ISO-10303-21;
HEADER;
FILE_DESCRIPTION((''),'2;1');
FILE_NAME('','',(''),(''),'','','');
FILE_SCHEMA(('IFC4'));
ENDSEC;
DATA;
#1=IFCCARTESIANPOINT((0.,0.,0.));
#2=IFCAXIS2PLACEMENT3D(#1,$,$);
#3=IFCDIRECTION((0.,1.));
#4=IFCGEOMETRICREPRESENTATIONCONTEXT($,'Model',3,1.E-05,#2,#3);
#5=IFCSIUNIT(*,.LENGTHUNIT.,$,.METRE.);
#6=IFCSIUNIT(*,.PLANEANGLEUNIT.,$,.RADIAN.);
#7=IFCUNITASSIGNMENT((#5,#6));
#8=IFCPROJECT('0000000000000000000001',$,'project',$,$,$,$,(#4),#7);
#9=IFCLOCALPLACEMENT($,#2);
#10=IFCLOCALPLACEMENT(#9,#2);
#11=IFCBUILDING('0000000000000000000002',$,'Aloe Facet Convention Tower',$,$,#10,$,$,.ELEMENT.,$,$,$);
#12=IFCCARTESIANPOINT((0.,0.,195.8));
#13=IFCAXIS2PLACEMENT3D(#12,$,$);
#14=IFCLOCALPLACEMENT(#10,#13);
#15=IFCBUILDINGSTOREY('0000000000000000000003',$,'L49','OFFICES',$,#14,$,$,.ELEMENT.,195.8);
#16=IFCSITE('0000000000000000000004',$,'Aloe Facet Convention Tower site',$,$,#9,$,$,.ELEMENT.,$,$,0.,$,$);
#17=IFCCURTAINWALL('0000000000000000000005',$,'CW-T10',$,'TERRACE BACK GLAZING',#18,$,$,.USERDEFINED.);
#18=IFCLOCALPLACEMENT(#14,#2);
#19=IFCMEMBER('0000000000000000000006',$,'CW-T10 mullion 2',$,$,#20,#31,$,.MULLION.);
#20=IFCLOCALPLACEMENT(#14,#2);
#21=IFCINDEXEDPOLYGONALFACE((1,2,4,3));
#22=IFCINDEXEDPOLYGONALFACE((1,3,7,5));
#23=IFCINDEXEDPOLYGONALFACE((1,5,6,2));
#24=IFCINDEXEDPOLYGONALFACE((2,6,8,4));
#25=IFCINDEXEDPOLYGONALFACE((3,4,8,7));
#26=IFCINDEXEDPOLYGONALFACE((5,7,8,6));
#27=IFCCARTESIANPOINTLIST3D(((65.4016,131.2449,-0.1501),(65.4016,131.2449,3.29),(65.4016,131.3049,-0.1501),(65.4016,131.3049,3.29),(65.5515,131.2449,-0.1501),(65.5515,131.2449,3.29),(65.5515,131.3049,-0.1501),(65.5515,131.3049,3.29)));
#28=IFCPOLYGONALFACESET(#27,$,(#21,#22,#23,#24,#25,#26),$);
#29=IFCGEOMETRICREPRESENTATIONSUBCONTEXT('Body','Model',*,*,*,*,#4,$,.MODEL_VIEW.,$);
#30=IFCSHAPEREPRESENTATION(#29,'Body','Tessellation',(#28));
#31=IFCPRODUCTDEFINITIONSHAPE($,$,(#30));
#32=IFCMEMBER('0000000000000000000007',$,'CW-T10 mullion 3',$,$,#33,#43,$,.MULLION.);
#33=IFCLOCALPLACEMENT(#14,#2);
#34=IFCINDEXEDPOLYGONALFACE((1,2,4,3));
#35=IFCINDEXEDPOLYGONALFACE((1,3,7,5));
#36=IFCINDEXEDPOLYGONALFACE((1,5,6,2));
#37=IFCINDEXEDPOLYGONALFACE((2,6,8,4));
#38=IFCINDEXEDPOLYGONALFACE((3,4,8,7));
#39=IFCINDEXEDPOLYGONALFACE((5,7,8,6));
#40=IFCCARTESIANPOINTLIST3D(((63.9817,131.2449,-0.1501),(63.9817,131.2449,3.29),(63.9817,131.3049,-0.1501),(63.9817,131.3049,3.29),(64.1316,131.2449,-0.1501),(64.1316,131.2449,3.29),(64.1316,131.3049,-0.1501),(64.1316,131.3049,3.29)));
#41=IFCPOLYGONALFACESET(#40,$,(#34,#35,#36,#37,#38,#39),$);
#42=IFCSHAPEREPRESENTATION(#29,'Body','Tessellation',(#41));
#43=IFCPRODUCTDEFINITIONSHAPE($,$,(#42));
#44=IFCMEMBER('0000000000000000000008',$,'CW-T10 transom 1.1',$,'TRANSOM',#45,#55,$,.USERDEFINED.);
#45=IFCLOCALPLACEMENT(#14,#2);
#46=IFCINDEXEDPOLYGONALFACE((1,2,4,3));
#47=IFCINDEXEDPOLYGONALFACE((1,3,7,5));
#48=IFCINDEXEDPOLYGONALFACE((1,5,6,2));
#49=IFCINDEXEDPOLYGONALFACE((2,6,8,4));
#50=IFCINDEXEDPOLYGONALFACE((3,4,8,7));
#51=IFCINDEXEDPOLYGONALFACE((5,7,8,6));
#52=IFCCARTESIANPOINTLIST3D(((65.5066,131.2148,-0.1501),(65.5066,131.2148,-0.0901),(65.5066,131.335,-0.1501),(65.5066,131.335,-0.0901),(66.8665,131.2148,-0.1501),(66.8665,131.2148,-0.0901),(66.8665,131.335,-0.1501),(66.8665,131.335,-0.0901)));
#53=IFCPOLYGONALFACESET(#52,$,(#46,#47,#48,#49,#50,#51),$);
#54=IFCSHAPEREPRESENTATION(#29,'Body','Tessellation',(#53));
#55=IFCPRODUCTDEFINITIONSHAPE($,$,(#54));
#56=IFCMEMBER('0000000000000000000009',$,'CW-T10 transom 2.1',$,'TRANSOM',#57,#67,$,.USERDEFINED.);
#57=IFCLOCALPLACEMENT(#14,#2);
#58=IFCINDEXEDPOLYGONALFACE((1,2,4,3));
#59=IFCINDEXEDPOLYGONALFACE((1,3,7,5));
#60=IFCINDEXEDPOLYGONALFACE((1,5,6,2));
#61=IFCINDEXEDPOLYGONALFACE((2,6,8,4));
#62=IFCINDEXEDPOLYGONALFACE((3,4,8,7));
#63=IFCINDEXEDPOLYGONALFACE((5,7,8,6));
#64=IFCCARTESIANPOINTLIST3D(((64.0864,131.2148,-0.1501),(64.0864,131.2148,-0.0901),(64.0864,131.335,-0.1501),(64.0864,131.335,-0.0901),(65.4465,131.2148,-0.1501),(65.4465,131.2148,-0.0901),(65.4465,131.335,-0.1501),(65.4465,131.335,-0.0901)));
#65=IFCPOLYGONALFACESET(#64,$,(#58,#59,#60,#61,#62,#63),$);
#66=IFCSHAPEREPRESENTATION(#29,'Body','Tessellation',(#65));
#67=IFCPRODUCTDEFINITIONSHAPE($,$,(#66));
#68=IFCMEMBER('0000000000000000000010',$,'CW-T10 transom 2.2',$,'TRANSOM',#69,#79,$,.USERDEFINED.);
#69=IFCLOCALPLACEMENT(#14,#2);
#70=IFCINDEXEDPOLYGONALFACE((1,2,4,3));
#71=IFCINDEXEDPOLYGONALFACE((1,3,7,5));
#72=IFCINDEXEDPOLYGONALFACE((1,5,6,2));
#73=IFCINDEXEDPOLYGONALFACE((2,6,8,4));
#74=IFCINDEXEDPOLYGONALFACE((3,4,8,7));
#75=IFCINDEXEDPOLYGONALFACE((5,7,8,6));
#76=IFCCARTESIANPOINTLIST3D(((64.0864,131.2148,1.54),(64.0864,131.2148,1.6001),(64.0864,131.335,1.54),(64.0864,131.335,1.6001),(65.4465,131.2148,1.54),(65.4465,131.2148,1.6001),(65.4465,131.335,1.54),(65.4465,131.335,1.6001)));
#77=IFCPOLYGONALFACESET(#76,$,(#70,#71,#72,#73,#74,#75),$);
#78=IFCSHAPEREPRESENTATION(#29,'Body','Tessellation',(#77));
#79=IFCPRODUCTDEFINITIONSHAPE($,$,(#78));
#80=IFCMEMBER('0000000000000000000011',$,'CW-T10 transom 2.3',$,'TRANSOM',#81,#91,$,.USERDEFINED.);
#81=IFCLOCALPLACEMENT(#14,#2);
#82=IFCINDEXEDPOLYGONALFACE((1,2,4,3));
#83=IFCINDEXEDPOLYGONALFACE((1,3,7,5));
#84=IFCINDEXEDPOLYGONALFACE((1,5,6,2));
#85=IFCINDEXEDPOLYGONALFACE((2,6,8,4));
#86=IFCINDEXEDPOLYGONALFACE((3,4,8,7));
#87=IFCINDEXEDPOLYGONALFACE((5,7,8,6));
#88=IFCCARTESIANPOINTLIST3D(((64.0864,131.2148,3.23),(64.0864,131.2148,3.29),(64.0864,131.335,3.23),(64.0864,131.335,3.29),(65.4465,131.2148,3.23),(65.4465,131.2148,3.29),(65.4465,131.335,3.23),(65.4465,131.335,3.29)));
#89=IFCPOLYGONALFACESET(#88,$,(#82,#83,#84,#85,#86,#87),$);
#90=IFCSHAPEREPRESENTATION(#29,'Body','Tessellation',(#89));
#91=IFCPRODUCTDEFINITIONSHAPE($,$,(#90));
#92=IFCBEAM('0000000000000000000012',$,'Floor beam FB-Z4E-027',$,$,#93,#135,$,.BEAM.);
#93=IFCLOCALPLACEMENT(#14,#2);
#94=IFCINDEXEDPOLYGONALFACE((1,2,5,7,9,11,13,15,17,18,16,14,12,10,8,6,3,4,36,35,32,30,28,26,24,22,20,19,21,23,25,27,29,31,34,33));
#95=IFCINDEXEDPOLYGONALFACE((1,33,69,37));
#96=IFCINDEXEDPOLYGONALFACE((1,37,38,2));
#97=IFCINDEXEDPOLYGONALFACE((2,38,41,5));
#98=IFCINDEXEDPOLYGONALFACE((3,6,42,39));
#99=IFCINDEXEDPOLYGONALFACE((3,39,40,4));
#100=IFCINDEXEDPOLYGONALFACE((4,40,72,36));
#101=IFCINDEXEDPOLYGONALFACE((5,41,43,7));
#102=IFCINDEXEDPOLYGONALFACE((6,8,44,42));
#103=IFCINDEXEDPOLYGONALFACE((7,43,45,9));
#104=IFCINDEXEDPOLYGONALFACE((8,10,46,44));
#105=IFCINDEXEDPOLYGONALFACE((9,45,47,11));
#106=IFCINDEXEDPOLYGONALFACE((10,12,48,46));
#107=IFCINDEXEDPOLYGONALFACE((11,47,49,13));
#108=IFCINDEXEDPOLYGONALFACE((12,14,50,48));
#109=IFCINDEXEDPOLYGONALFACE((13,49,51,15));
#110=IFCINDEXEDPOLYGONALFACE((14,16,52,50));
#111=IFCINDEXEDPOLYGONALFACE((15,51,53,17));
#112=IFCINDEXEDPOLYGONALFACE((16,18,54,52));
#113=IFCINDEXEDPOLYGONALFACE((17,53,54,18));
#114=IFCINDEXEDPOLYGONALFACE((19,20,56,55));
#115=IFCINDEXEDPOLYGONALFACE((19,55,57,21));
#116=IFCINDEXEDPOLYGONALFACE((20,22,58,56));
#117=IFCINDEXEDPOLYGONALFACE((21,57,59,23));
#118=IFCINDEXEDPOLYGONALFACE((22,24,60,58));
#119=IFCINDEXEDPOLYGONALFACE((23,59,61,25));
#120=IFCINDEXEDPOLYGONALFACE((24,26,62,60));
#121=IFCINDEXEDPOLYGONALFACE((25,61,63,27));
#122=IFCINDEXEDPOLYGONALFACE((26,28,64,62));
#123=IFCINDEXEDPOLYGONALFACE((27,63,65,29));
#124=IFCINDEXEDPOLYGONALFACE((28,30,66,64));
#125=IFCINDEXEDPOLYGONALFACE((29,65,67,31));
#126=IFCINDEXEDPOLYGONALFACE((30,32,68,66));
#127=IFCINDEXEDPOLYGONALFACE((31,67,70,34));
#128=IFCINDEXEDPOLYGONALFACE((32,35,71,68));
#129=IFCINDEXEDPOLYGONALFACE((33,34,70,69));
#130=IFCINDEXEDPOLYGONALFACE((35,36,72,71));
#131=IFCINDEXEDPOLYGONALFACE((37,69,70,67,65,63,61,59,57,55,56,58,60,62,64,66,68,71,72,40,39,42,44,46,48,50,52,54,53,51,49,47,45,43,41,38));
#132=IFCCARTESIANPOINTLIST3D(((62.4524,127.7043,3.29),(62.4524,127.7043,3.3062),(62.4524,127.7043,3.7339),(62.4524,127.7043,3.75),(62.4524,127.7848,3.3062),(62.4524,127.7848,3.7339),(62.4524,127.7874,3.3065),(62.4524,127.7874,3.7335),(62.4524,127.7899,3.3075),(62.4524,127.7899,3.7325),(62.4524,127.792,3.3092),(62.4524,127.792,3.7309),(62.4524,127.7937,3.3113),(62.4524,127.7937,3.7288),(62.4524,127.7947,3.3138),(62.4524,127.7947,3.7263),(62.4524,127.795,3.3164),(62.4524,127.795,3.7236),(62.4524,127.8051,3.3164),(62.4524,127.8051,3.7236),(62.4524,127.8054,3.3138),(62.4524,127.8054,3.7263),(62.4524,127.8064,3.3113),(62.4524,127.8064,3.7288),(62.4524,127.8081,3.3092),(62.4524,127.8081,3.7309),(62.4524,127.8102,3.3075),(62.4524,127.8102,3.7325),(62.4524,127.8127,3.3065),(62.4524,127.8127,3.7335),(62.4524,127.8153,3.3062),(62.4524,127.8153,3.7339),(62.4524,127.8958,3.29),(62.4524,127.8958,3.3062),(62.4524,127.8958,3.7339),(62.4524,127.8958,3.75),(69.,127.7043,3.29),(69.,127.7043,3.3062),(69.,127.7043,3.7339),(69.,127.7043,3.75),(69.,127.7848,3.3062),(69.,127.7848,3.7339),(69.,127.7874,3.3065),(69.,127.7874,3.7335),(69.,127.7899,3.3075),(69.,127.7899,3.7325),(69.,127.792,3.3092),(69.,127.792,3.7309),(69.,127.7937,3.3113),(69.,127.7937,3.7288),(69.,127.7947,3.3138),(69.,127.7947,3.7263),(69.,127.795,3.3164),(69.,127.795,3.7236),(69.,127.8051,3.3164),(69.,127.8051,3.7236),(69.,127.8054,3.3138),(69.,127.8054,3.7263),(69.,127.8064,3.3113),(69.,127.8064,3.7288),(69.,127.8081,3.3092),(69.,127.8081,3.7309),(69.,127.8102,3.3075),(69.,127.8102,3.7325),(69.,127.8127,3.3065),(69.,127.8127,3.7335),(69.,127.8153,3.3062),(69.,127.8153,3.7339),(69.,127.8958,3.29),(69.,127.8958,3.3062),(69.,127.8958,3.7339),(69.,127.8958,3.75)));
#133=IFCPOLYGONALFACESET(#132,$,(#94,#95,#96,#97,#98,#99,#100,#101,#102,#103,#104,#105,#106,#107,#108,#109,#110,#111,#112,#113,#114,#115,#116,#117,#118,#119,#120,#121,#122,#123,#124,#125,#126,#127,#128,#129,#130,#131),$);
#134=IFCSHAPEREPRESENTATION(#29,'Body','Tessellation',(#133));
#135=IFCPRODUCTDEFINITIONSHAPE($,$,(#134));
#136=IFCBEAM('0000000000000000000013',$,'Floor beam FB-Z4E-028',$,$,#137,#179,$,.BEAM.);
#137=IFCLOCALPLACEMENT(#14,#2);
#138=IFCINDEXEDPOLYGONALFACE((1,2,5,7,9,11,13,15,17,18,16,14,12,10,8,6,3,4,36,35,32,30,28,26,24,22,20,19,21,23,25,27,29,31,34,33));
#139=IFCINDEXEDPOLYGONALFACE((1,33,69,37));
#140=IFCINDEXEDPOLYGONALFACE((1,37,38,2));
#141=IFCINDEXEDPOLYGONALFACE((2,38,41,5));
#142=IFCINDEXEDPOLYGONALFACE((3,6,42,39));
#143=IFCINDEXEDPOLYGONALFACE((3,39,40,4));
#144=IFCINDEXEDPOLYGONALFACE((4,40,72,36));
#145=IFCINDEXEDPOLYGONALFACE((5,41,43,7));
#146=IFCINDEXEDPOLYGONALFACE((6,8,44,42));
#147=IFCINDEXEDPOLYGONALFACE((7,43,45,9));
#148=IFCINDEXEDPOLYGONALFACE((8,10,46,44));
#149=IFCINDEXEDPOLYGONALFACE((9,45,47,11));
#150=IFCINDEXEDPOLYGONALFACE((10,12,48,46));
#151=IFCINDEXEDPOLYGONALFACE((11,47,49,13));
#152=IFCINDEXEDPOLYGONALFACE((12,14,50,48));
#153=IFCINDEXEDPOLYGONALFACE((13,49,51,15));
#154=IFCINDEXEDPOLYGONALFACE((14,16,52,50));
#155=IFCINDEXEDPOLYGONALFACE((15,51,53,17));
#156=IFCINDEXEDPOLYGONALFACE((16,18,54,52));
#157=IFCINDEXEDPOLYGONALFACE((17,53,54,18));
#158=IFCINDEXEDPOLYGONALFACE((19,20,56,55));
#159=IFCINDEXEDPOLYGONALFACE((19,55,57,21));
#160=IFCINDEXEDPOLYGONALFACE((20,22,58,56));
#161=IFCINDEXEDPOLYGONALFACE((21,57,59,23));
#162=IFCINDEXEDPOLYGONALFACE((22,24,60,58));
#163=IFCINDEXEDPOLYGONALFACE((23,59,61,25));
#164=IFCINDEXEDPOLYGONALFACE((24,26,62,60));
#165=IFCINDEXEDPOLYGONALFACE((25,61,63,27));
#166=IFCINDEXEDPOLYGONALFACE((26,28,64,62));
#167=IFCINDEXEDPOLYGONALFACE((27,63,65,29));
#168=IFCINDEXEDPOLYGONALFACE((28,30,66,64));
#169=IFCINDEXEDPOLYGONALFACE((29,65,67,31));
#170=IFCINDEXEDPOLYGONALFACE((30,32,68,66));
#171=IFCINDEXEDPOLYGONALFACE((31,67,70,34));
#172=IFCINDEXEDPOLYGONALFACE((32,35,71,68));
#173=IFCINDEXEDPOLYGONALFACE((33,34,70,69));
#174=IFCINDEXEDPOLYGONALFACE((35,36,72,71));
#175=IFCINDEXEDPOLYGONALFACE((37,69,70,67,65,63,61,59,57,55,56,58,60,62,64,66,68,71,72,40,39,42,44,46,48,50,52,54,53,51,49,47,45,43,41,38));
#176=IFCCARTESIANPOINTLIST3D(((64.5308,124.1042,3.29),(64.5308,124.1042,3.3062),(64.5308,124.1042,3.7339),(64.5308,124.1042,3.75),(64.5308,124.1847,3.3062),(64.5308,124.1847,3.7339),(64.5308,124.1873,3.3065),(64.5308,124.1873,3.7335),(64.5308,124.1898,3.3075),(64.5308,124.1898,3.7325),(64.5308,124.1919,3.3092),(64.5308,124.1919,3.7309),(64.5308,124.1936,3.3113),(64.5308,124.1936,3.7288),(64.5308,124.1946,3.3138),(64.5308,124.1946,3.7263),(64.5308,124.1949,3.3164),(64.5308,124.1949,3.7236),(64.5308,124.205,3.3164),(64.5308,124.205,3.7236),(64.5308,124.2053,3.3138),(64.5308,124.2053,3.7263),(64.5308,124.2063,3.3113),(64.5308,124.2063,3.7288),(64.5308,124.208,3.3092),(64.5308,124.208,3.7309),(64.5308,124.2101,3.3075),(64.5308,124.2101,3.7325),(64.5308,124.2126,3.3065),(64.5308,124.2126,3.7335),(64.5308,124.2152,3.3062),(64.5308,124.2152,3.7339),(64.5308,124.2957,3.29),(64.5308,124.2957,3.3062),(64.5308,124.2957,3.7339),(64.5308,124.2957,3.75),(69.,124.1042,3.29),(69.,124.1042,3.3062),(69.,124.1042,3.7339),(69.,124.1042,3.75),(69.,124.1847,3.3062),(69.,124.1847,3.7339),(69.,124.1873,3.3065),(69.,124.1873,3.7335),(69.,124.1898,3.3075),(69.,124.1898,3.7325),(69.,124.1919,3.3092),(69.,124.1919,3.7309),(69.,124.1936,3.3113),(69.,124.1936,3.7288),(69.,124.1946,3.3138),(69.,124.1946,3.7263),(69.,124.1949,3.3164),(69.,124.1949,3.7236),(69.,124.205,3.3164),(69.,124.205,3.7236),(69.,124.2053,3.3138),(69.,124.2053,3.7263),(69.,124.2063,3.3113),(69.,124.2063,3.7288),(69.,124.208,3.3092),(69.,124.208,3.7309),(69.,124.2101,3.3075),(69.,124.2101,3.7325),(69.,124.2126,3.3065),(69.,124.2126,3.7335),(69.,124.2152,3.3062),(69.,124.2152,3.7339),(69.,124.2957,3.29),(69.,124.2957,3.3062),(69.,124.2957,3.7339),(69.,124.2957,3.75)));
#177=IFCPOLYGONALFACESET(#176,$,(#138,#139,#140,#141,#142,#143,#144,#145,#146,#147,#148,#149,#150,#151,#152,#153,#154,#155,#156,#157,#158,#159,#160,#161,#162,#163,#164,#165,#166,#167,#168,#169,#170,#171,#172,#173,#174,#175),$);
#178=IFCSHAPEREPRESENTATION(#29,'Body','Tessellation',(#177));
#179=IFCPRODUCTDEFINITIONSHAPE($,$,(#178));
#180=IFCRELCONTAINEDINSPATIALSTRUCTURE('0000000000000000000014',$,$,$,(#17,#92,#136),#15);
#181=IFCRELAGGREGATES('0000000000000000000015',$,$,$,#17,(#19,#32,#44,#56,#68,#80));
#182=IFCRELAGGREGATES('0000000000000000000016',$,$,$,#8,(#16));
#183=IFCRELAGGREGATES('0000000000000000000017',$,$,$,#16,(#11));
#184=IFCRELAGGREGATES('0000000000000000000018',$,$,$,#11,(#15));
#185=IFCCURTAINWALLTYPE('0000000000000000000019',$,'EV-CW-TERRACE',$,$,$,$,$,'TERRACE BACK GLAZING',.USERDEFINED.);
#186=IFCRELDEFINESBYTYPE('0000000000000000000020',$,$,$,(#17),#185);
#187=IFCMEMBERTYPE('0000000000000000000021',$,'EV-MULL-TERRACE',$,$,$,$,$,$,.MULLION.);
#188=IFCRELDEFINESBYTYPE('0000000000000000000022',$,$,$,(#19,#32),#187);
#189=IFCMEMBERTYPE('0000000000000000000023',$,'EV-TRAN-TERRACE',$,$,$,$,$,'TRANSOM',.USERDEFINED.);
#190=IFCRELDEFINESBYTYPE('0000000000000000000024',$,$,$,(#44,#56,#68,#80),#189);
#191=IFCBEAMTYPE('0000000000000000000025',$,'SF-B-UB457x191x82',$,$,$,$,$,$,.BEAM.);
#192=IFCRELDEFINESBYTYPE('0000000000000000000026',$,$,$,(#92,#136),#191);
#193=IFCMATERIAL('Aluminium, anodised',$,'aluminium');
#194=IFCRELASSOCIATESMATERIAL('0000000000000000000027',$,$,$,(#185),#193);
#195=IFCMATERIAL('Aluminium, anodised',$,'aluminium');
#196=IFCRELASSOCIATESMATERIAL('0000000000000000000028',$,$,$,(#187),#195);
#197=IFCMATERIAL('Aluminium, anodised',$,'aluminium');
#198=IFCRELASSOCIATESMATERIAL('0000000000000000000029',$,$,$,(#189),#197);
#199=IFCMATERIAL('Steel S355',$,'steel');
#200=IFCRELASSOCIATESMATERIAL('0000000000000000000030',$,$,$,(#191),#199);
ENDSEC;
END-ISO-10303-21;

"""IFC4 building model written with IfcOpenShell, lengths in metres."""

from ifc_helpers import new_model, si_unit, direction, frame, origin, origin_2d, place, context, subcontext, project, spatial, rectangle, i_section, extrude, material, material_profile, profile_set, type_object, element, aggregate, save


model = new_model("IFC4")

# Units and contexts
model_context = context("Model", 3, precision=1e-05, world=origin(), true_north=direction((0.0, 1.0)))
body_context = subcontext(model_context, "Body", "Model", "MODEL_VIEW")
ifc_project = project(units=[si_unit("LENGTHUNIT", "METRE"), si_unit("PLANEANGLEUNIT", "RADIAN")], contexts=[model_context])

# Site, building, storey
site_placement = place(None, origin())
site = spatial("IfcSite", under=ifc_project, at=site_placement, Name="Aloe Facet Convention Tower site", CompositionType="ELEMENT", RefElevation=0.0)
building_placement = place(site_placement, origin())
building = spatial("IfcBuilding", under=site, at=building_placement, Name="Aloe Facet Convention Tower", CompositionType="ELEMENT")
storey_placement = place(building_placement, frame((0.0, 0.0, 195.8)))
storey = spatial("IfcBuildingStorey", under=building, at=storey_placement, Name="L49", Description="OFFICES", CompositionType="ELEMENT", Elevation=195.8)

# Curtain wall, members
ifc_material_1 = material(Name="Aluminium, anodised", Category="aluminium")
curtain_wall_type = type_object("IfcCurtainWallType", Name="EV-CW-TERRACE", ElementType="TERRACE BACK GLAZING", PredefinedType="USERDEFINED", material=ifc_material_1)
curtain_wall_placement = place(storey_placement, origin())
curtain_wall = element("IfcCurtainWall", 1, at=curtain_wall_placement, inside=storey, type_object=curtain_wall_type, Name="CW-T10", ObjectType="TERRACE BACK GLAZING", PredefinedType="USERDEFINED")
ifc_material_2 = material(Name="Aluminium, anodised", Category="aluminium")
ifc_material_profile_1 = material_profile(ifc_material_2, rectangle(XDim=0.0601, YDim=0.1499, at=origin_2d()), Name="AL 60x150")
ifc_profile_set_1 = profile_set([ifc_material_profile_1], Name="Aluminium, anodised")
member_type_1 = type_object("IfcMemberType", Name="EV-MULL-TERRACE", PredefinedType="MULLION", material=ifc_profile_set_1)
member_1_placement = place(storey_placement, frame((65.4766, 131.2749, -0.1501), z_axis=(0.0, 0.0, 1.0), x_axis=(0.0, -1.0, 0.0)))
member_1 = element("IfcMember", 2, at=member_1_placement, type_object=member_type_1, Name="CW-T10 mullion 2", PredefinedType="MULLION", context=body_context, shape_type="SweptSolid", body=[
    extrude(rectangle(XDim=0.0601, YDim=0.1499, at=origin_2d()), origin(), (0.0, 0.0, 1.0), 3.4402),
])
member_2_placement = place(storey_placement, frame((64.0566, 131.2749, -0.1501), z_axis=(0.0, 0.0, 1.0), x_axis=(0.0, -1.0, 0.0)))
member_2 = element("IfcMember", 3, at=member_2_placement, type_object=member_type_1, Name="CW-T10 mullion 3", PredefinedType="MULLION", context=body_context, shape_type="SweptSolid", body=[
    extrude(rectangle(XDim=0.0601, YDim=0.1499, at=origin_2d()), origin(), (0.0, 0.0, 1.0), 3.4402),
])
ifc_material_3 = material(Name="Aluminium, anodised", Category="aluminium")
ifc_material_profile_2 = material_profile(ifc_material_3, rectangle(XDim=0.1201, YDim=0.0601, at=origin_2d()), Name="AL 120x60")
ifc_profile_set_2 = profile_set([ifc_material_profile_2], Name="Aluminium, anodised")
member_type_2 = type_object("IfcMemberType", Name="EV-TRAN-TERRACE", ElementType="TRANSOM", PredefinedType="USERDEFINED", material=ifc_profile_set_2)
member_3_placement = place(storey_placement, frame((66.8665, 131.2749, -0.1201), z_axis=(-1.0, 0.0, 0.0), x_axis=(0.0, -1.0, 0.0)))
member_3 = element("IfcMember", 4, at=member_3_placement, type_object=member_type_2, Name="CW-T10 transom 1.1", ObjectType="TRANSOM", PredefinedType="USERDEFINED", context=body_context, shape_type="SweptSolid", body=[
    extrude(rectangle(XDim=0.1201, YDim=0.0601, at=origin_2d()), origin(), (0.0, 0.0, 1.0), 1.3599),
])
member_4_placement = place(storey_placement, frame((65.4465, 131.2749, -0.1201), z_axis=(-1.0, 0.0, 0.0), x_axis=(0.0, -1.0, 0.0)))
member_4 = element("IfcMember", 5, at=member_4_placement, type_object=member_type_2, Name="CW-T10 transom 2.1", ObjectType="TRANSOM", PredefinedType="USERDEFINED", context=body_context, shape_type="SweptSolid", body=[
    extrude(rectangle(XDim=0.1201, YDim=0.0601, at=origin_2d()), origin(), (0.0, 0.0, 1.0), 1.3601),
])
member_5_placement = place(storey_placement, frame((65.4465, 131.2749, 1.5701), z_axis=(-1.0, 0.0, 0.0), x_axis=(0.0, -1.0, 0.0)))
member_5 = element("IfcMember", 6, at=member_5_placement, type_object=member_type_2, Name="CW-T10 transom 2.2", ObjectType="TRANSOM", PredefinedType="USERDEFINED", context=body_context, shape_type="SweptSolid", body=[
    extrude(rectangle(XDim=0.1201, YDim=0.0601, at=origin_2d()), origin(), (0.0, 0.0, 1.0), 1.3601),
])
member_6_placement = place(storey_placement, frame((65.4465, 131.2749, 3.26), z_axis=(-1.0, 0.0, 0.0), x_axis=(0.0, -1.0, 0.0)))
member_6 = element("IfcMember", 7, at=member_6_placement, type_object=member_type_2, Name="CW-T10 transom 2.3", ObjectType="TRANSOM", PredefinedType="USERDEFINED", context=body_context, shape_type="SweptSolid", body=[
    extrude(rectangle(XDim=0.1201, YDim=0.0601, at=origin_2d()), origin(), (0.0, 0.0, 1.0), 1.3601),
])

# Beams
ifc_material_4 = material(Name="Steel S355", Category="steel")
ifc_material_profile_3 = material_profile(ifc_material_4, i_section(OverallWidth=0.1914, OverallDepth=0.46, WebThickness=0.01, FlangeThickness=0.0161, FilletRadius=0.0103, at=origin_2d()), Name="UB 457x191x82")
ifc_profile_set_3 = profile_set([ifc_material_profile_3], Name="Steel S355")
beam_type_1 = type_object("IfcBeamType", Name="SF-B-UB457x191x82", PredefinedType="BEAM", material=ifc_profile_set_3)
beam_1_placement = place(storey_placement, frame((62.4524, 127.8, 3.52), z_axis=(1.0, 0.0, 0.0), x_axis=(0.0, 1.0, 0.0)))
element("IfcBeam", 8, at=beam_1_placement, inside=storey, type_object=beam_type_1, Name="Floor beam FB-Z4E-027", PredefinedType="BEAM", context=body_context, shape_type="SweptSolid", body=[
    extrude(i_section(OverallWidth=0.1914, OverallDepth=0.46, WebThickness=0.01, FlangeThickness=0.0161, FilletRadius=0.0103, at=origin_2d()), origin(), (0.0, 0.0, 1.0), 6.5476),
])
beam_2_placement = place(storey_placement, frame((64.5308, 124.2, 3.52), z_axis=(1.0, 0.0, 0.0), x_axis=(0.0, 1.0, 0.0)))
element("IfcBeam", 9, at=beam_2_placement, inside=storey, type_object=beam_type_1, Name="Floor beam FB-Z4E-028", PredefinedType="BEAM", context=body_context, shape_type="SweptSolid", body=[
    extrude(i_section(OverallWidth=0.1914, OverallDepth=0.46, WebThickness=0.01, FlangeThickness=0.0161, FilletRadius=0.0103, at=origin_2d()), origin(), (0.0, 0.0, 1.0), 4.4692),
])

aggregate(curtain_wall, [member_1, member_2, member_3, member_4, member_5, member_6])

save(model, "model.ifc")
